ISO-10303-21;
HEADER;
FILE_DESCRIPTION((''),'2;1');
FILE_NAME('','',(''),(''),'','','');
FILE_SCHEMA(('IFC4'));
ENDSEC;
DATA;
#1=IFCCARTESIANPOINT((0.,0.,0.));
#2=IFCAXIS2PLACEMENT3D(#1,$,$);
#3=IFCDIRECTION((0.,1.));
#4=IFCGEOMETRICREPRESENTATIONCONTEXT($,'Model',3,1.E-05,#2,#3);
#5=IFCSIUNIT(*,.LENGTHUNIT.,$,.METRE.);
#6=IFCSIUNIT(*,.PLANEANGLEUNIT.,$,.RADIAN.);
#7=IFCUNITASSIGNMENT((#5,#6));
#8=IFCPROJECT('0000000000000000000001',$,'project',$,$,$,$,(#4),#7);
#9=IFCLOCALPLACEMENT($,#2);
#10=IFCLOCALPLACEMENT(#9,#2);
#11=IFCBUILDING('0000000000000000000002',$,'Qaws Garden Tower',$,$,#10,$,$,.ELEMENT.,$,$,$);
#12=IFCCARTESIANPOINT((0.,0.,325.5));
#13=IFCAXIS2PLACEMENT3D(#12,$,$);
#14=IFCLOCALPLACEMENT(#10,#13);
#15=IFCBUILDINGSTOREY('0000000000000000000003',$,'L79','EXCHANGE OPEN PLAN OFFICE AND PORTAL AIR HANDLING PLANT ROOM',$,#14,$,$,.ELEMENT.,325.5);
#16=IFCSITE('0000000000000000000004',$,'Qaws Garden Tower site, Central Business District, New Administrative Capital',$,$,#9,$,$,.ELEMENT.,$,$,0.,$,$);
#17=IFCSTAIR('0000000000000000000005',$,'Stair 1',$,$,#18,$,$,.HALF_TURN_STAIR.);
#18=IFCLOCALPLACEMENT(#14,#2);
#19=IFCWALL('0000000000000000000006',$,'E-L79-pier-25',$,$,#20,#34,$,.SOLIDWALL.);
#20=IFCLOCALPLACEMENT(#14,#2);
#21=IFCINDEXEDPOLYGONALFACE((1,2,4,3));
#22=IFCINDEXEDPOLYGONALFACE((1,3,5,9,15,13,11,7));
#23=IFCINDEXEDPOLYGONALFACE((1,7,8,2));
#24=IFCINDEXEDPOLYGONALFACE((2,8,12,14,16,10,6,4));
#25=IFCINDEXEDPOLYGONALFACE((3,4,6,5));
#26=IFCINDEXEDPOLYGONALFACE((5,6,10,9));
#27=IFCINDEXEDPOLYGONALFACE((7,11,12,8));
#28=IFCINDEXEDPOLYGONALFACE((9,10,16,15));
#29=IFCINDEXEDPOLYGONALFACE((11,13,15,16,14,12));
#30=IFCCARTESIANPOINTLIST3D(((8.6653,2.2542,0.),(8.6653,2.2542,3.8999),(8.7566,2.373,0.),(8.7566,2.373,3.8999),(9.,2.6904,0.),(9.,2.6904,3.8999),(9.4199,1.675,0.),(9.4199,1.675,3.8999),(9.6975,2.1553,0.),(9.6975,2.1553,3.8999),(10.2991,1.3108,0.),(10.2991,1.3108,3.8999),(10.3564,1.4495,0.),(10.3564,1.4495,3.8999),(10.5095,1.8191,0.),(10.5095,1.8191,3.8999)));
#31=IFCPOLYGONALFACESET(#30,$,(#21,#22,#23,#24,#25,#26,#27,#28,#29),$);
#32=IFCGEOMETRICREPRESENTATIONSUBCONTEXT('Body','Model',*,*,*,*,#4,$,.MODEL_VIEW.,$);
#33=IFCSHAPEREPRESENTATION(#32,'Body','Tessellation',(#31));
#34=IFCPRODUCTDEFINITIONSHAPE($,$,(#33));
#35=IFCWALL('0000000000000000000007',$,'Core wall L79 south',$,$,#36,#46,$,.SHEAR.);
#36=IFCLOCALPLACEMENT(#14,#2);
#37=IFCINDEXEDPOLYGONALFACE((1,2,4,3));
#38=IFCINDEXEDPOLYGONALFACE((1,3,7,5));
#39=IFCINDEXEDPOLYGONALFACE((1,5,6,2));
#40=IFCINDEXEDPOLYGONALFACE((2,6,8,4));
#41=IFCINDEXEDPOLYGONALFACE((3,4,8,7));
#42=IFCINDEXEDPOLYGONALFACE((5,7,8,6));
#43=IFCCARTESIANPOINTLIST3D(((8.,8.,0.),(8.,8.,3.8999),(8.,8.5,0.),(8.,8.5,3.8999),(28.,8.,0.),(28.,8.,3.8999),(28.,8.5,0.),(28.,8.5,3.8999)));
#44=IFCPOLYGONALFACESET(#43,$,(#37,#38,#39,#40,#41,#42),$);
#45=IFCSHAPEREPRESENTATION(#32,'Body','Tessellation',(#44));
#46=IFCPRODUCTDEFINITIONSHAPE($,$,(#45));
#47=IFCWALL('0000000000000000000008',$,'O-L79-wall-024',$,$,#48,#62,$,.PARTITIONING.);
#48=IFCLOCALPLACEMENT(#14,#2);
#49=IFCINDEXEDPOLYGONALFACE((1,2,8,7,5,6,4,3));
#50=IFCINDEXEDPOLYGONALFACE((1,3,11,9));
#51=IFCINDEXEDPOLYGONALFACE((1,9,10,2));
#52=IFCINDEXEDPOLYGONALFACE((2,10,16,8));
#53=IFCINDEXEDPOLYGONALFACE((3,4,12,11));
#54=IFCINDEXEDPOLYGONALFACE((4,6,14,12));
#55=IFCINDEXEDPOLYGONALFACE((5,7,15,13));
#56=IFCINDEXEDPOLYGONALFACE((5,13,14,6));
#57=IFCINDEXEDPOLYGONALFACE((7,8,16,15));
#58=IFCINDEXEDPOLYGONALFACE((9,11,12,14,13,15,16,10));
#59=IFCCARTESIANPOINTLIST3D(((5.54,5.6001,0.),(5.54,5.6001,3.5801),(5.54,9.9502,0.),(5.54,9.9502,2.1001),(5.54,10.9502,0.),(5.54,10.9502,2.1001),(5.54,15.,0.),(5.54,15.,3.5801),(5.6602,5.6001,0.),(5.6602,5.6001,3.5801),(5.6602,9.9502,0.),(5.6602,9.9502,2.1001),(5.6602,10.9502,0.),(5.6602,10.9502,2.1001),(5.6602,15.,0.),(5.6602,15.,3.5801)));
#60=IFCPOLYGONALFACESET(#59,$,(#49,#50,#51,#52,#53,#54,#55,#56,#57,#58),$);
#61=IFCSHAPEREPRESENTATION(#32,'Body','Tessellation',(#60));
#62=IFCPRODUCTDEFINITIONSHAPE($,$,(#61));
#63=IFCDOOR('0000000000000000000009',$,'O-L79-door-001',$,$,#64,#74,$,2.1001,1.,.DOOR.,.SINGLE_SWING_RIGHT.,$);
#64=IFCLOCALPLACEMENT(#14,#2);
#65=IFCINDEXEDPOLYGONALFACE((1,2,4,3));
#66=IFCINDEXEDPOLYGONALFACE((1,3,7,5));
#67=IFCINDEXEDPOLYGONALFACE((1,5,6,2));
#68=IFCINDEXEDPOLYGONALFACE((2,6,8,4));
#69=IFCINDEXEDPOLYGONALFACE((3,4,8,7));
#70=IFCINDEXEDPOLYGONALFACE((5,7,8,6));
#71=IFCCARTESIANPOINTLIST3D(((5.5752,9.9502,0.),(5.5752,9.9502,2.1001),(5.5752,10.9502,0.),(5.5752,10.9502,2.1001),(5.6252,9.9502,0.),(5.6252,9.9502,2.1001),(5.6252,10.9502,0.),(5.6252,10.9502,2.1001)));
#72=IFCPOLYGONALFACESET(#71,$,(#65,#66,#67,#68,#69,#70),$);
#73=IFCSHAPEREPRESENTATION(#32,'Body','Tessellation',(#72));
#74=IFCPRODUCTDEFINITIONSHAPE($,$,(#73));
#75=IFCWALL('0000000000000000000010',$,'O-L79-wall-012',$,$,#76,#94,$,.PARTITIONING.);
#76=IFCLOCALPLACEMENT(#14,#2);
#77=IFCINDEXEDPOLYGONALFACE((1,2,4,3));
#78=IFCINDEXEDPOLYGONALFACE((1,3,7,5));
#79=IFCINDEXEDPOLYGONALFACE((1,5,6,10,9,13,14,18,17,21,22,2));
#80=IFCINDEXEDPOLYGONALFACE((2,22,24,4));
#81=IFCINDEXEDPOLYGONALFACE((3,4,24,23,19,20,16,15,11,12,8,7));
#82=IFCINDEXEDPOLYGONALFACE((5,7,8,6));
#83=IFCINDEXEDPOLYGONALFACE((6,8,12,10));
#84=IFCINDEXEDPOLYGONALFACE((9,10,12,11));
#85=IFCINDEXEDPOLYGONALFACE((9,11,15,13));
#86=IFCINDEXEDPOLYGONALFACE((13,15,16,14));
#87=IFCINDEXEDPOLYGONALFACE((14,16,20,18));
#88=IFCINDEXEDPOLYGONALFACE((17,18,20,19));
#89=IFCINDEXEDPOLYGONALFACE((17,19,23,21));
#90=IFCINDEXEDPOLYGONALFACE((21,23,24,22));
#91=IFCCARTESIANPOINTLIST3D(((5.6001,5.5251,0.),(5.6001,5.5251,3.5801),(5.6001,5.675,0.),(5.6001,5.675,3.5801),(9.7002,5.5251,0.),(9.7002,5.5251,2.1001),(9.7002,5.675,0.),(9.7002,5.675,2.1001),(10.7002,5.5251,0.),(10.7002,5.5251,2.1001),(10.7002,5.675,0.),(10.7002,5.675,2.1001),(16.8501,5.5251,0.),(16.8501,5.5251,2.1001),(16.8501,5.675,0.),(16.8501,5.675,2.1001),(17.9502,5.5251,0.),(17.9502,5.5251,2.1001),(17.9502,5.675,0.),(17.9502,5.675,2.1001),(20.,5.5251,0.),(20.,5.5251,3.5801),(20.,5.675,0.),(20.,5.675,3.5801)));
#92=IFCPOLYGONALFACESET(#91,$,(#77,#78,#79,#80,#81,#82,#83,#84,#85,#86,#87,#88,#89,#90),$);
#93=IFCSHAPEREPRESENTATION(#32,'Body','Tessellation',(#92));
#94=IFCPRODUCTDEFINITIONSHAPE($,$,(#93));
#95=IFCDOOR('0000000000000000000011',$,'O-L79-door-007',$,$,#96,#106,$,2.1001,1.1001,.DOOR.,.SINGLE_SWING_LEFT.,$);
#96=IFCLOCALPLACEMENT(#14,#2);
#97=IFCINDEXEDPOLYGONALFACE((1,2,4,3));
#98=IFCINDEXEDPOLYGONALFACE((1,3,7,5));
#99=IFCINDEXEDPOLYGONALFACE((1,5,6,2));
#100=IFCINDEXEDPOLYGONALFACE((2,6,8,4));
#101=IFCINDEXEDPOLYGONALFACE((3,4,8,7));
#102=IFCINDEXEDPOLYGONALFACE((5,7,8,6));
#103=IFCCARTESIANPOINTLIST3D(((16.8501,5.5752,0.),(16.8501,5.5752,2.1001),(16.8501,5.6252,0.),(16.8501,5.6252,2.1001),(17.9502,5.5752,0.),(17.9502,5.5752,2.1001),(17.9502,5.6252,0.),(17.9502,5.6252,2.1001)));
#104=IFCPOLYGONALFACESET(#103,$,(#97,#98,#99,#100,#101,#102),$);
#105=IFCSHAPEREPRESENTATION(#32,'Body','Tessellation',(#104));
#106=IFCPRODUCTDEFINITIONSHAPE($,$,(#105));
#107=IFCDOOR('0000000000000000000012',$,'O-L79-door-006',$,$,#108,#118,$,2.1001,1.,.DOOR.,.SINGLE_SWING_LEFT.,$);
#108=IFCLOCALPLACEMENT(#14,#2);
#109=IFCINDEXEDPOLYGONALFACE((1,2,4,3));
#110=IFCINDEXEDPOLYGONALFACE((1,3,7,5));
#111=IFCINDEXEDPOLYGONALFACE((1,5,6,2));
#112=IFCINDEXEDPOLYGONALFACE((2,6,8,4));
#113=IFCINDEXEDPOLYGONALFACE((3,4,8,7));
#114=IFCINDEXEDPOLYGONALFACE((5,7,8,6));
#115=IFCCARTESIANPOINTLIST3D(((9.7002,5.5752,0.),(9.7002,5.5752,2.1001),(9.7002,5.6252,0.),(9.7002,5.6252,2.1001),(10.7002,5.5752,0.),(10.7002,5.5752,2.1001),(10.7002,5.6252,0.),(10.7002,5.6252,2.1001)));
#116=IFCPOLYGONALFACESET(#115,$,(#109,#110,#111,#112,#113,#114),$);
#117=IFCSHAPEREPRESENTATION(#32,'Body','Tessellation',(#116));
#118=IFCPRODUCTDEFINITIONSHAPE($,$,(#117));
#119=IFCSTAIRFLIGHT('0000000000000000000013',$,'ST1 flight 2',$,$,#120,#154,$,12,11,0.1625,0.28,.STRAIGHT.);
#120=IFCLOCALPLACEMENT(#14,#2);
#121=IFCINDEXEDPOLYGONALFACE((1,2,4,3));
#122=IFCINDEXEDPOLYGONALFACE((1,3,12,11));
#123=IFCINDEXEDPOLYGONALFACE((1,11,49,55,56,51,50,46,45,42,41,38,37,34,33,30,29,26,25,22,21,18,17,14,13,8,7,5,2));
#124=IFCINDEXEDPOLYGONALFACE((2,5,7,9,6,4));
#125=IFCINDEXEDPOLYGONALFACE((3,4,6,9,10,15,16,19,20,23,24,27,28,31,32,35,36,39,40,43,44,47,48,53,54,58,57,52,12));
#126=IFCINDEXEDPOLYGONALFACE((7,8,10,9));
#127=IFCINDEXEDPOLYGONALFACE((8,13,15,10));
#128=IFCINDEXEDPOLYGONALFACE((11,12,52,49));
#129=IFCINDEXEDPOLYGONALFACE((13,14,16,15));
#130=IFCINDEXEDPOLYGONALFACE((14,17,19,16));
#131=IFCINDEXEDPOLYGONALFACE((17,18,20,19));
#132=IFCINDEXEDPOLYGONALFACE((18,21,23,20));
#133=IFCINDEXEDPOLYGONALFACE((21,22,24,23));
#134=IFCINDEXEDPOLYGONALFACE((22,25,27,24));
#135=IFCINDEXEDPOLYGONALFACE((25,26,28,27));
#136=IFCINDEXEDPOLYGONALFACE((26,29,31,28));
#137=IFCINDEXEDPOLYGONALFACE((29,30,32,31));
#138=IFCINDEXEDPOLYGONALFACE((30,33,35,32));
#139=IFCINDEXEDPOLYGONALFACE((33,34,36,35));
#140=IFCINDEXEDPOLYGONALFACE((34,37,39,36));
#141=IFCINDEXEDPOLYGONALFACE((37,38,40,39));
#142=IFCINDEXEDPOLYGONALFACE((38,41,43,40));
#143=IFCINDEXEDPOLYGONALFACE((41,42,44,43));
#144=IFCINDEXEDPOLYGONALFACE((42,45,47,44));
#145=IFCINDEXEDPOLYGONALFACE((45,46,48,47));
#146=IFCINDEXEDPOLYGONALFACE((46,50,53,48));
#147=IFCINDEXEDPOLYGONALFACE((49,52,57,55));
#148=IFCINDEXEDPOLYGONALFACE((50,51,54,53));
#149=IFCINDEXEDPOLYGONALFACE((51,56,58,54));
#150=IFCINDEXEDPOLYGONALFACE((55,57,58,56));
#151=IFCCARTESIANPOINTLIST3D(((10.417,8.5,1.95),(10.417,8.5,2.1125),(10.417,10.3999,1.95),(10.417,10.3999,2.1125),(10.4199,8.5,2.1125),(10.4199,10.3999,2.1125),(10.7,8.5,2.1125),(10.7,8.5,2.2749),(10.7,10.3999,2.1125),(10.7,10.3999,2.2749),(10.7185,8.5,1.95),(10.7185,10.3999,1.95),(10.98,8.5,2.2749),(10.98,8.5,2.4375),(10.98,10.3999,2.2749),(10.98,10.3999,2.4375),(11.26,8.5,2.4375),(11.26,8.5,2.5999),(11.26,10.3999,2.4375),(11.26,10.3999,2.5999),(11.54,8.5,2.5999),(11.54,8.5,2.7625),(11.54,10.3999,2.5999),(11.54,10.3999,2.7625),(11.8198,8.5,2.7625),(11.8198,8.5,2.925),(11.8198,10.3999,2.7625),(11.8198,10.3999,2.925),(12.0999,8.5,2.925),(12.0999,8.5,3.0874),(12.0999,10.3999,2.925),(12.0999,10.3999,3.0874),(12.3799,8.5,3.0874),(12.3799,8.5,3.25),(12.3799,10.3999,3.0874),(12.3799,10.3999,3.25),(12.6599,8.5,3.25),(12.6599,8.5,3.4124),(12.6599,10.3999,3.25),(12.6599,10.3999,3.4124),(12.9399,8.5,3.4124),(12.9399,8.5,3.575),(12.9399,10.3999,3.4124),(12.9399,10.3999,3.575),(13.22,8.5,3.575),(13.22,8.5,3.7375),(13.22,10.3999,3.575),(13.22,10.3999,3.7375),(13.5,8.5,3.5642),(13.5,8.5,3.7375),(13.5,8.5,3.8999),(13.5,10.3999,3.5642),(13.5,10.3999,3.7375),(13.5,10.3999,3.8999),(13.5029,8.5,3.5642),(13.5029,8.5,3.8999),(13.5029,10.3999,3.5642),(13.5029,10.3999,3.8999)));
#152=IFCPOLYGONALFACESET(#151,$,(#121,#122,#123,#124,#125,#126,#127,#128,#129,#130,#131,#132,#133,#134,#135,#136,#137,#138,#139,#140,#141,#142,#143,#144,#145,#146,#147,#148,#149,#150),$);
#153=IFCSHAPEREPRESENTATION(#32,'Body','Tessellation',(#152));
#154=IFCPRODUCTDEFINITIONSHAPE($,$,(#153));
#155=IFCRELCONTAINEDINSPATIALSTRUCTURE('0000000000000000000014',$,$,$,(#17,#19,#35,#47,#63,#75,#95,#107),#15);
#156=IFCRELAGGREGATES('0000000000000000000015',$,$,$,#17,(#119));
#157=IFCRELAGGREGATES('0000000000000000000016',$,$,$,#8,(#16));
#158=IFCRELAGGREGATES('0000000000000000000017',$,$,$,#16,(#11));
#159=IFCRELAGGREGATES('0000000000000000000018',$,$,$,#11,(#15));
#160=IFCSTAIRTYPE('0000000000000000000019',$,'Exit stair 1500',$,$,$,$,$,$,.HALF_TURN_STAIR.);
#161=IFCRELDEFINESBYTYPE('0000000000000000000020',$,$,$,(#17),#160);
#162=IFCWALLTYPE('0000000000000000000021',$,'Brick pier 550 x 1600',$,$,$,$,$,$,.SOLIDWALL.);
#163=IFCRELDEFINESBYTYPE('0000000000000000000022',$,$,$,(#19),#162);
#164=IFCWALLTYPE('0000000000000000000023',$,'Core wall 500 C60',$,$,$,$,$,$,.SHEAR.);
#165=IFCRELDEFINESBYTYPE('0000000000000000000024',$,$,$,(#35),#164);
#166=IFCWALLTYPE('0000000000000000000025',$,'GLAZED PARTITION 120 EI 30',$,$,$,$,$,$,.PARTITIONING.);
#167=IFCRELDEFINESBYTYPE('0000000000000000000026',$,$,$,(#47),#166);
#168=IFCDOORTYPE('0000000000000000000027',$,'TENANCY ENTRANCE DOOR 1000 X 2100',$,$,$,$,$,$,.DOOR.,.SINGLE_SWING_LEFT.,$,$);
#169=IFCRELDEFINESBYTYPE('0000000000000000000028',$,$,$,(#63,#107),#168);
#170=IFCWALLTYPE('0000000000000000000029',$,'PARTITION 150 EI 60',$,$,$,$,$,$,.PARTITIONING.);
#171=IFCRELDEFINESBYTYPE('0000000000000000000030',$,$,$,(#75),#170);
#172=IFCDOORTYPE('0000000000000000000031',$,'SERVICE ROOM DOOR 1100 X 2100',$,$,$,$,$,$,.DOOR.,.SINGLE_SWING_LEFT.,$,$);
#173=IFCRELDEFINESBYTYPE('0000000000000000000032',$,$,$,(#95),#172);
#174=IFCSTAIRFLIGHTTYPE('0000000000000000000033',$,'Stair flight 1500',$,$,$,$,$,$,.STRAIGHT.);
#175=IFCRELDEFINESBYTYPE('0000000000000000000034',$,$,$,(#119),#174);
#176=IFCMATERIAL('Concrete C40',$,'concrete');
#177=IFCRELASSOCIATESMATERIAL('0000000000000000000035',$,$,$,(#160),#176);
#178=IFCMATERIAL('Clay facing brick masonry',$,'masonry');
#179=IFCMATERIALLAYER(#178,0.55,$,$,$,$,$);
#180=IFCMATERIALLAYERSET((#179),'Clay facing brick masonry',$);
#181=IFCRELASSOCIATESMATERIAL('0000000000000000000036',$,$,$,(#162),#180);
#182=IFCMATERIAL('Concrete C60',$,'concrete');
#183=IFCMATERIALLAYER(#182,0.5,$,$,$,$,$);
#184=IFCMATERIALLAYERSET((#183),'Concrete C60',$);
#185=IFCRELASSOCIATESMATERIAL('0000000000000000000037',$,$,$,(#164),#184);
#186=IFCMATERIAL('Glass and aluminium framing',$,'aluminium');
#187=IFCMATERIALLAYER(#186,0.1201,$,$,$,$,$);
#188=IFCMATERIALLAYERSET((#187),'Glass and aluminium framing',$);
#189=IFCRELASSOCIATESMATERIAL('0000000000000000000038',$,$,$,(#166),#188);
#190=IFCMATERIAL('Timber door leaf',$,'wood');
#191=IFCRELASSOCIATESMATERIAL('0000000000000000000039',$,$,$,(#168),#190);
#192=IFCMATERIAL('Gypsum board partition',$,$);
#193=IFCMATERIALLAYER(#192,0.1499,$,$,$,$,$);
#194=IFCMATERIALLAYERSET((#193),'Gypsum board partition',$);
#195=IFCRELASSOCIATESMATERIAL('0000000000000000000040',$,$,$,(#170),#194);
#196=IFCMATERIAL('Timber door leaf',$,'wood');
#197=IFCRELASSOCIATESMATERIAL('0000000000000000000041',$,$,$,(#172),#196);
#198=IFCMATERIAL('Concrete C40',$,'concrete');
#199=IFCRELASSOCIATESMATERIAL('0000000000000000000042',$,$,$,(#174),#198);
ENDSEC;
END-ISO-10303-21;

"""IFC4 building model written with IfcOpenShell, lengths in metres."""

from ifc_helpers import new_model, si_unit, direction, frame, frame_2d, origin, place, context, subcontext, project, spatial, polyline, rectangle, outline, extrude, material, layer, layer_set, type_object, element, fill, aggregate, save


model = new_model("IFC4")

# Units and contexts
model_context = context("Model", 3, precision=1e-05, world=origin(), true_north=direction((0.0, 1.0)))
body_context = subcontext(model_context, "Body", "Model", "MODEL_VIEW")
ifc_project = project(units=[si_unit("LENGTHUNIT", "METRE"), si_unit("PLANEANGLEUNIT", "RADIAN")], contexts=[model_context])

# Site, building, storey
site_placement = place(None, origin())
site = spatial("IfcSite", under=ifc_project, at=site_placement, Name="Qaws Garden Tower site, Central Business District, New Administrative Capital", CompositionType="ELEMENT", RefElevation=0.0)
building_placement = place(site_placement, origin())
building = spatial("IfcBuilding", under=site, at=building_placement, Name="Qaws Garden Tower", CompositionType="ELEMENT")
storey_placement = place(building_placement, frame((0.0, 0.0, 325.5)))
storey = spatial("IfcBuildingStorey", under=building, at=storey_placement, Name="L79", Description="EXCHANGE OPEN PLAN OFFICE AND PORTAL AIR HANDLING PLANT ROOM", CompositionType="ELEMENT", Elevation=325.5)

# Stair
ifc_material_1 = material(Name="Concrete C40", Category="concrete")
stair_type_1 = type_object("IfcStairType", Name="Exit stair 1500", PredefinedType="HALF_TURN_STAIR", material=ifc_material_1)
placement_1 = place(storey_placement, origin())
stair_1 = element("IfcStair", 1, at=placement_1, inside=storey, type_object=stair_type_1, Name="Stair 1", PredefinedType="HALF_TURN_STAIR")

# Walls
ifc_material_2 = material(Name="Clay facing brick masonry", Category="masonry")
ifc_layer_1 = layer(ifc_material_2, 0.55)
ifc_layer_set_1 = layer_set([ifc_layer_1], Name="Clay facing brick masonry")
wall_type_1 = type_object("IfcWallType", Name="Brick pier 550 x 1600", PredefinedType="SOLIDWALL", material=ifc_layer_set_1)
element("IfcWall", 2, at=placement_1, inside=storey, type_object=wall_type_1, Name="E-L79-pier-25", PredefinedType="SOLIDWALL", context=body_context, shape_type="SweptSolid", body=[
    extrude(outline(polyline([(8.7566, 2.373), (8.6653, 2.2542), (9.4199, 1.675), (10.2991, 1.3108), (10.3564, 1.4495), (10.5095, 1.8191), (9.6975, 2.1553), (9.0, 2.6904), (8.7566, 2.373)])), origin(), (0.0, 0.0, 1.0), 3.8999),
])
ifc_material_3 = material(Name="Concrete C60", Category="concrete")
ifc_layer_2 = layer(ifc_material_3, 0.5)
ifc_layer_set_2 = layer_set([ifc_layer_2], Name="Concrete C60")
wall_type_2 = type_object("IfcWallType", Name="Core wall 500 C60", PredefinedType="SHEAR", material=ifc_layer_set_2)
wall_1_placement = place(storey_placement, frame((8.0, 8.25, 0.0), z_axis=(0.0, 0.0, 1.0), x_axis=(1.0, 0.0, 0.0)))
element("IfcWall", 3, at=wall_1_placement, inside=storey, type_object=wall_type_2, Name="Core wall L79 south", PredefinedType="SHEAR", context=body_context, shape_type="SweptSolid", body=[
    extrude(rectangle(XDim=20.0, YDim=0.5, at=frame_2d((10.0, 0.0))), origin(), (0.0, 0.0, 1.0), 3.8999),
])

# Wall, opening, door
ifc_material_4 = material(Name="Glass and aluminium framing", Category="aluminium")
ifc_layer_3 = layer(ifc_material_4, 0.1201)
ifc_layer_set_3 = layer_set([ifc_layer_3], Name="Glass and aluminium framing")
wall_type_3 = type_object("IfcWallType", Name="GLAZED PARTITION 120 EI 30", PredefinedType="PARTITIONING", material=ifc_layer_set_3)
wall_2_placement = place(storey_placement, frame((5.6001, 5.6001, 0.0), z_axis=(0.0, 0.0, 1.0), x_axis=(0.0, 1.0, 0.0)))
wall_2 = element("IfcWall", 4, at=wall_2_placement, inside=storey, type_object=wall_type_3, Name="O-L79-wall-024", PredefinedType="PARTITIONING", context=body_context, shape_type="SweptSolid", body=[
    extrude(rectangle(XDim=9.3999, YDim=0.1201, at=frame_2d((4.7, 0.0))), origin(), (0.0, 0.0, 1.0), 3.5801),
])
opening_1_placement = place(wall_2_placement, frame((4.3501, 0.0, 0.0)))
opening_1 = element("IfcOpeningElement", 5, at=opening_1_placement, cuts=wall_2, PredefinedType="OPENING", context=body_context, shape_type="SweptSolid", body=[
    extrude(rectangle(XDim=1.0, YDim=2.1001, at=frame_2d((0.5, 1.05))), frame((0.0, 0.0701, 0.0), z_axis=(0.0, -1.0, 0.0), x_axis=(1.0, 0.0, 0.0)), (0.0, 0.0, 1.0), 0.1401),
])
ifc_material_5 = material(Name="Timber door leaf", Category="wood")
door_type_1 = type_object("IfcDoorType", Name="TENANCY ENTRANCE DOOR 1000 X 2100", OperationType="SINGLE_SWING_LEFT", PredefinedType="DOOR", material=ifc_material_5)
door_1_placement = place(opening_1_placement, origin())
door_1 = element("IfcDoor", 6, at=door_1_placement, inside=storey, type_object=door_type_1, Name="O-L79-door-001", OperationType="SINGLE_SWING_RIGHT", OverallHeight=2.1001, OverallWidth=1.0, PredefinedType="DOOR", context=body_context, shape_type="SweptSolid", body=[
    extrude(rectangle(XDim=1.0, YDim=2.1001, at=frame_2d((0.5, 1.05))), frame((0.0, 0.0249, 0.0), z_axis=(0.0, -1.0, 0.0), x_axis=(1.0, 0.0, 0.0)), (0.0, 0.0, 1.0), 0.05),
])
fill(opening_1, door_1)

# Wall, openings, doors
ifc_material_6 = material(Name="Gypsum board partition")
ifc_layer_4 = layer(ifc_material_6, 0.1499)
ifc_layer_set_4 = layer_set([ifc_layer_4], Name="Gypsum board partition")
wall_type_4 = type_object("IfcWallType", Name="PARTITION 150 EI 60", PredefinedType="PARTITIONING", material=ifc_layer_set_4)
wall_3_placement = place(storey_placement, frame((5.6001, 5.6001, 0.0), z_axis=(0.0, 0.0, 1.0), x_axis=(1.0, 0.0, 0.0)))
wall_3 = element("IfcWall", 7, at=wall_3_placement, inside=storey, type_object=wall_type_4, Name="O-L79-wall-012", PredefinedType="PARTITIONING", context=body_context, shape_type="SweptSolid", body=[
    extrude(rectangle(XDim=14.3999, YDim=0.1499, at=frame_2d((7.2, 0.0))), origin(), (0.0, 0.0, 1.0), 3.5801),
])
opening_2_placement = place(wall_3_placement, frame((4.1001, 0.0, 0.0)))
opening_2 = element("IfcOpeningElement", 8, at=opening_2_placement, cuts=wall_3, PredefinedType="OPENING", context=body_context, shape_type="SweptSolid", body=[
    extrude(rectangle(XDim=1.0, YDim=2.1001, at=frame_2d((0.5, 1.05))), frame((0.0, 0.085, 0.0), z_axis=(0.0, -1.0, 0.0), x_axis=(1.0, 0.0, 0.0)), (0.0, 0.0, 1.0), 0.1699),
])
opening_3_placement = place(wall_3_placement, frame((11.25, 0.0, 0.0)))
opening_3 = element("IfcOpeningElement", 9, at=opening_3_placement, cuts=wall_3, PredefinedType="OPENING", context=body_context, shape_type="SweptSolid", body=[
    extrude(rectangle(XDim=1.1001, YDim=2.1001, at=frame_2d((0.55, 1.05))), frame((0.0, 0.085, 0.0), z_axis=(0.0, -1.0, 0.0), x_axis=(1.0, 0.0, 0.0)), (0.0, 0.0, 1.0), 0.1699),
])
ifc_material_7 = material(Name="Timber door leaf", Category="wood")
door_type_2 = type_object("IfcDoorType", Name="SERVICE ROOM DOOR 1100 X 2100", OperationType="SINGLE_SWING_LEFT", PredefinedType="DOOR", material=ifc_material_7)
door_2_placement = place(opening_3_placement, frame((1.1001, 0.0, 0.0), z_axis=(0.0, 0.0, 1.0), x_axis=(-1.0, 0.0, 0.0)))
door_2 = element("IfcDoor", 10, at=door_2_placement, inside=storey, type_object=door_type_2, Name="O-L79-door-007", OperationType="SINGLE_SWING_LEFT", OverallHeight=2.1001, OverallWidth=1.1001, PredefinedType="DOOR", context=body_context, shape_type="SweptSolid", body=[
    extrude(rectangle(XDim=1.1001, YDim=2.1001, at=frame_2d((0.55, 1.05))), frame((0.0, 0.0249, 0.0), z_axis=(0.0, -1.0, 0.0), x_axis=(1.0, 0.0, 0.0)), (0.0, 0.0, 1.0), 0.05),
])
fill(opening_3, door_2)
door_3_placement = place(opening_2_placement, frame((1.0, 0.0, 0.0), z_axis=(0.0, 0.0, 1.0), x_axis=(-1.0, 0.0, 0.0)))
door_3 = element("IfcDoor", 11, at=door_3_placement, inside=storey, type_object=door_type_1, Name="O-L79-door-006", OperationType="SINGLE_SWING_LEFT", OverallHeight=2.1001, OverallWidth=1.0, PredefinedType="DOOR", context=body_context, shape_type="SweptSolid", body=[
    extrude(rectangle(XDim=1.0, YDim=2.1001, at=frame_2d((0.5, 1.05))), frame((0.0, 0.0249, 0.0), z_axis=(0.0, -1.0, 0.0), x_axis=(1.0, 0.0, 0.0)), (0.0, 0.0, 1.0), 0.05),
])
fill(opening_2, door_3)

# Stair flight
ifc_material_8 = material(Name="Concrete C40", Category="concrete")
stair_flight_type = type_object("IfcStairFlightType", Name="Stair flight 1500", PredefinedType="STRAIGHT", material=ifc_material_8)
stair_flight_placement = place(storey_placement, frame((10.4199, 9.45, 1.95), z_axis=(0.0, 0.0, 1.0), x_axis=(1.0, 0.0, 0.0)))
stair_flight = element("IfcStairFlight", 12, at=stair_flight_placement, type_object=stair_flight_type, Name="ST1 flight 2", NumberOfRisers=12, NumberOfTreads=11, PredefinedType="STRAIGHT", RiserHeight=0.1625, TreadLength=0.28, context=body_context, shape_type="SweptSolid", body=[
    extrude(outline(polyline([(-0.0029, 0.0), (-0.0029, 0.1626), (0.0, 0.1626), (0.28, 0.1626), (0.28, 0.325), (0.5601, 0.325), (0.5601, 0.4875), (0.8401, 0.4875), (0.8401, 0.6499), (1.1201, 0.6499), (1.1201, 0.8125), (1.3999, 0.8125), (1.3999, 0.9751), (1.6799, 0.9751), (1.6799, 1.1375), (1.96, 1.1375), (1.96, 1.3), (2.24, 1.3), (2.24, 1.4624), (2.52, 1.4624), (2.52, 1.625), (2.8, 1.625), (2.8, 1.7876), (3.0801, 1.7876), (3.0801, 1.95), (3.083, 1.95), (3.083, 1.6143), (3.0801, 1.6143), (0.2986, 0.0), (-0.0029, 0.0)])), frame((0.0, 0.95, 0.0), z_axis=(0.0, -1.0, 0.0), x_axis=(1.0, 0.0, 0.0)), (0.0, 0.0, 1.0), 1.8999),
])
aggregate(stair_1, [stair_flight])

save(model, "model.ifc")
